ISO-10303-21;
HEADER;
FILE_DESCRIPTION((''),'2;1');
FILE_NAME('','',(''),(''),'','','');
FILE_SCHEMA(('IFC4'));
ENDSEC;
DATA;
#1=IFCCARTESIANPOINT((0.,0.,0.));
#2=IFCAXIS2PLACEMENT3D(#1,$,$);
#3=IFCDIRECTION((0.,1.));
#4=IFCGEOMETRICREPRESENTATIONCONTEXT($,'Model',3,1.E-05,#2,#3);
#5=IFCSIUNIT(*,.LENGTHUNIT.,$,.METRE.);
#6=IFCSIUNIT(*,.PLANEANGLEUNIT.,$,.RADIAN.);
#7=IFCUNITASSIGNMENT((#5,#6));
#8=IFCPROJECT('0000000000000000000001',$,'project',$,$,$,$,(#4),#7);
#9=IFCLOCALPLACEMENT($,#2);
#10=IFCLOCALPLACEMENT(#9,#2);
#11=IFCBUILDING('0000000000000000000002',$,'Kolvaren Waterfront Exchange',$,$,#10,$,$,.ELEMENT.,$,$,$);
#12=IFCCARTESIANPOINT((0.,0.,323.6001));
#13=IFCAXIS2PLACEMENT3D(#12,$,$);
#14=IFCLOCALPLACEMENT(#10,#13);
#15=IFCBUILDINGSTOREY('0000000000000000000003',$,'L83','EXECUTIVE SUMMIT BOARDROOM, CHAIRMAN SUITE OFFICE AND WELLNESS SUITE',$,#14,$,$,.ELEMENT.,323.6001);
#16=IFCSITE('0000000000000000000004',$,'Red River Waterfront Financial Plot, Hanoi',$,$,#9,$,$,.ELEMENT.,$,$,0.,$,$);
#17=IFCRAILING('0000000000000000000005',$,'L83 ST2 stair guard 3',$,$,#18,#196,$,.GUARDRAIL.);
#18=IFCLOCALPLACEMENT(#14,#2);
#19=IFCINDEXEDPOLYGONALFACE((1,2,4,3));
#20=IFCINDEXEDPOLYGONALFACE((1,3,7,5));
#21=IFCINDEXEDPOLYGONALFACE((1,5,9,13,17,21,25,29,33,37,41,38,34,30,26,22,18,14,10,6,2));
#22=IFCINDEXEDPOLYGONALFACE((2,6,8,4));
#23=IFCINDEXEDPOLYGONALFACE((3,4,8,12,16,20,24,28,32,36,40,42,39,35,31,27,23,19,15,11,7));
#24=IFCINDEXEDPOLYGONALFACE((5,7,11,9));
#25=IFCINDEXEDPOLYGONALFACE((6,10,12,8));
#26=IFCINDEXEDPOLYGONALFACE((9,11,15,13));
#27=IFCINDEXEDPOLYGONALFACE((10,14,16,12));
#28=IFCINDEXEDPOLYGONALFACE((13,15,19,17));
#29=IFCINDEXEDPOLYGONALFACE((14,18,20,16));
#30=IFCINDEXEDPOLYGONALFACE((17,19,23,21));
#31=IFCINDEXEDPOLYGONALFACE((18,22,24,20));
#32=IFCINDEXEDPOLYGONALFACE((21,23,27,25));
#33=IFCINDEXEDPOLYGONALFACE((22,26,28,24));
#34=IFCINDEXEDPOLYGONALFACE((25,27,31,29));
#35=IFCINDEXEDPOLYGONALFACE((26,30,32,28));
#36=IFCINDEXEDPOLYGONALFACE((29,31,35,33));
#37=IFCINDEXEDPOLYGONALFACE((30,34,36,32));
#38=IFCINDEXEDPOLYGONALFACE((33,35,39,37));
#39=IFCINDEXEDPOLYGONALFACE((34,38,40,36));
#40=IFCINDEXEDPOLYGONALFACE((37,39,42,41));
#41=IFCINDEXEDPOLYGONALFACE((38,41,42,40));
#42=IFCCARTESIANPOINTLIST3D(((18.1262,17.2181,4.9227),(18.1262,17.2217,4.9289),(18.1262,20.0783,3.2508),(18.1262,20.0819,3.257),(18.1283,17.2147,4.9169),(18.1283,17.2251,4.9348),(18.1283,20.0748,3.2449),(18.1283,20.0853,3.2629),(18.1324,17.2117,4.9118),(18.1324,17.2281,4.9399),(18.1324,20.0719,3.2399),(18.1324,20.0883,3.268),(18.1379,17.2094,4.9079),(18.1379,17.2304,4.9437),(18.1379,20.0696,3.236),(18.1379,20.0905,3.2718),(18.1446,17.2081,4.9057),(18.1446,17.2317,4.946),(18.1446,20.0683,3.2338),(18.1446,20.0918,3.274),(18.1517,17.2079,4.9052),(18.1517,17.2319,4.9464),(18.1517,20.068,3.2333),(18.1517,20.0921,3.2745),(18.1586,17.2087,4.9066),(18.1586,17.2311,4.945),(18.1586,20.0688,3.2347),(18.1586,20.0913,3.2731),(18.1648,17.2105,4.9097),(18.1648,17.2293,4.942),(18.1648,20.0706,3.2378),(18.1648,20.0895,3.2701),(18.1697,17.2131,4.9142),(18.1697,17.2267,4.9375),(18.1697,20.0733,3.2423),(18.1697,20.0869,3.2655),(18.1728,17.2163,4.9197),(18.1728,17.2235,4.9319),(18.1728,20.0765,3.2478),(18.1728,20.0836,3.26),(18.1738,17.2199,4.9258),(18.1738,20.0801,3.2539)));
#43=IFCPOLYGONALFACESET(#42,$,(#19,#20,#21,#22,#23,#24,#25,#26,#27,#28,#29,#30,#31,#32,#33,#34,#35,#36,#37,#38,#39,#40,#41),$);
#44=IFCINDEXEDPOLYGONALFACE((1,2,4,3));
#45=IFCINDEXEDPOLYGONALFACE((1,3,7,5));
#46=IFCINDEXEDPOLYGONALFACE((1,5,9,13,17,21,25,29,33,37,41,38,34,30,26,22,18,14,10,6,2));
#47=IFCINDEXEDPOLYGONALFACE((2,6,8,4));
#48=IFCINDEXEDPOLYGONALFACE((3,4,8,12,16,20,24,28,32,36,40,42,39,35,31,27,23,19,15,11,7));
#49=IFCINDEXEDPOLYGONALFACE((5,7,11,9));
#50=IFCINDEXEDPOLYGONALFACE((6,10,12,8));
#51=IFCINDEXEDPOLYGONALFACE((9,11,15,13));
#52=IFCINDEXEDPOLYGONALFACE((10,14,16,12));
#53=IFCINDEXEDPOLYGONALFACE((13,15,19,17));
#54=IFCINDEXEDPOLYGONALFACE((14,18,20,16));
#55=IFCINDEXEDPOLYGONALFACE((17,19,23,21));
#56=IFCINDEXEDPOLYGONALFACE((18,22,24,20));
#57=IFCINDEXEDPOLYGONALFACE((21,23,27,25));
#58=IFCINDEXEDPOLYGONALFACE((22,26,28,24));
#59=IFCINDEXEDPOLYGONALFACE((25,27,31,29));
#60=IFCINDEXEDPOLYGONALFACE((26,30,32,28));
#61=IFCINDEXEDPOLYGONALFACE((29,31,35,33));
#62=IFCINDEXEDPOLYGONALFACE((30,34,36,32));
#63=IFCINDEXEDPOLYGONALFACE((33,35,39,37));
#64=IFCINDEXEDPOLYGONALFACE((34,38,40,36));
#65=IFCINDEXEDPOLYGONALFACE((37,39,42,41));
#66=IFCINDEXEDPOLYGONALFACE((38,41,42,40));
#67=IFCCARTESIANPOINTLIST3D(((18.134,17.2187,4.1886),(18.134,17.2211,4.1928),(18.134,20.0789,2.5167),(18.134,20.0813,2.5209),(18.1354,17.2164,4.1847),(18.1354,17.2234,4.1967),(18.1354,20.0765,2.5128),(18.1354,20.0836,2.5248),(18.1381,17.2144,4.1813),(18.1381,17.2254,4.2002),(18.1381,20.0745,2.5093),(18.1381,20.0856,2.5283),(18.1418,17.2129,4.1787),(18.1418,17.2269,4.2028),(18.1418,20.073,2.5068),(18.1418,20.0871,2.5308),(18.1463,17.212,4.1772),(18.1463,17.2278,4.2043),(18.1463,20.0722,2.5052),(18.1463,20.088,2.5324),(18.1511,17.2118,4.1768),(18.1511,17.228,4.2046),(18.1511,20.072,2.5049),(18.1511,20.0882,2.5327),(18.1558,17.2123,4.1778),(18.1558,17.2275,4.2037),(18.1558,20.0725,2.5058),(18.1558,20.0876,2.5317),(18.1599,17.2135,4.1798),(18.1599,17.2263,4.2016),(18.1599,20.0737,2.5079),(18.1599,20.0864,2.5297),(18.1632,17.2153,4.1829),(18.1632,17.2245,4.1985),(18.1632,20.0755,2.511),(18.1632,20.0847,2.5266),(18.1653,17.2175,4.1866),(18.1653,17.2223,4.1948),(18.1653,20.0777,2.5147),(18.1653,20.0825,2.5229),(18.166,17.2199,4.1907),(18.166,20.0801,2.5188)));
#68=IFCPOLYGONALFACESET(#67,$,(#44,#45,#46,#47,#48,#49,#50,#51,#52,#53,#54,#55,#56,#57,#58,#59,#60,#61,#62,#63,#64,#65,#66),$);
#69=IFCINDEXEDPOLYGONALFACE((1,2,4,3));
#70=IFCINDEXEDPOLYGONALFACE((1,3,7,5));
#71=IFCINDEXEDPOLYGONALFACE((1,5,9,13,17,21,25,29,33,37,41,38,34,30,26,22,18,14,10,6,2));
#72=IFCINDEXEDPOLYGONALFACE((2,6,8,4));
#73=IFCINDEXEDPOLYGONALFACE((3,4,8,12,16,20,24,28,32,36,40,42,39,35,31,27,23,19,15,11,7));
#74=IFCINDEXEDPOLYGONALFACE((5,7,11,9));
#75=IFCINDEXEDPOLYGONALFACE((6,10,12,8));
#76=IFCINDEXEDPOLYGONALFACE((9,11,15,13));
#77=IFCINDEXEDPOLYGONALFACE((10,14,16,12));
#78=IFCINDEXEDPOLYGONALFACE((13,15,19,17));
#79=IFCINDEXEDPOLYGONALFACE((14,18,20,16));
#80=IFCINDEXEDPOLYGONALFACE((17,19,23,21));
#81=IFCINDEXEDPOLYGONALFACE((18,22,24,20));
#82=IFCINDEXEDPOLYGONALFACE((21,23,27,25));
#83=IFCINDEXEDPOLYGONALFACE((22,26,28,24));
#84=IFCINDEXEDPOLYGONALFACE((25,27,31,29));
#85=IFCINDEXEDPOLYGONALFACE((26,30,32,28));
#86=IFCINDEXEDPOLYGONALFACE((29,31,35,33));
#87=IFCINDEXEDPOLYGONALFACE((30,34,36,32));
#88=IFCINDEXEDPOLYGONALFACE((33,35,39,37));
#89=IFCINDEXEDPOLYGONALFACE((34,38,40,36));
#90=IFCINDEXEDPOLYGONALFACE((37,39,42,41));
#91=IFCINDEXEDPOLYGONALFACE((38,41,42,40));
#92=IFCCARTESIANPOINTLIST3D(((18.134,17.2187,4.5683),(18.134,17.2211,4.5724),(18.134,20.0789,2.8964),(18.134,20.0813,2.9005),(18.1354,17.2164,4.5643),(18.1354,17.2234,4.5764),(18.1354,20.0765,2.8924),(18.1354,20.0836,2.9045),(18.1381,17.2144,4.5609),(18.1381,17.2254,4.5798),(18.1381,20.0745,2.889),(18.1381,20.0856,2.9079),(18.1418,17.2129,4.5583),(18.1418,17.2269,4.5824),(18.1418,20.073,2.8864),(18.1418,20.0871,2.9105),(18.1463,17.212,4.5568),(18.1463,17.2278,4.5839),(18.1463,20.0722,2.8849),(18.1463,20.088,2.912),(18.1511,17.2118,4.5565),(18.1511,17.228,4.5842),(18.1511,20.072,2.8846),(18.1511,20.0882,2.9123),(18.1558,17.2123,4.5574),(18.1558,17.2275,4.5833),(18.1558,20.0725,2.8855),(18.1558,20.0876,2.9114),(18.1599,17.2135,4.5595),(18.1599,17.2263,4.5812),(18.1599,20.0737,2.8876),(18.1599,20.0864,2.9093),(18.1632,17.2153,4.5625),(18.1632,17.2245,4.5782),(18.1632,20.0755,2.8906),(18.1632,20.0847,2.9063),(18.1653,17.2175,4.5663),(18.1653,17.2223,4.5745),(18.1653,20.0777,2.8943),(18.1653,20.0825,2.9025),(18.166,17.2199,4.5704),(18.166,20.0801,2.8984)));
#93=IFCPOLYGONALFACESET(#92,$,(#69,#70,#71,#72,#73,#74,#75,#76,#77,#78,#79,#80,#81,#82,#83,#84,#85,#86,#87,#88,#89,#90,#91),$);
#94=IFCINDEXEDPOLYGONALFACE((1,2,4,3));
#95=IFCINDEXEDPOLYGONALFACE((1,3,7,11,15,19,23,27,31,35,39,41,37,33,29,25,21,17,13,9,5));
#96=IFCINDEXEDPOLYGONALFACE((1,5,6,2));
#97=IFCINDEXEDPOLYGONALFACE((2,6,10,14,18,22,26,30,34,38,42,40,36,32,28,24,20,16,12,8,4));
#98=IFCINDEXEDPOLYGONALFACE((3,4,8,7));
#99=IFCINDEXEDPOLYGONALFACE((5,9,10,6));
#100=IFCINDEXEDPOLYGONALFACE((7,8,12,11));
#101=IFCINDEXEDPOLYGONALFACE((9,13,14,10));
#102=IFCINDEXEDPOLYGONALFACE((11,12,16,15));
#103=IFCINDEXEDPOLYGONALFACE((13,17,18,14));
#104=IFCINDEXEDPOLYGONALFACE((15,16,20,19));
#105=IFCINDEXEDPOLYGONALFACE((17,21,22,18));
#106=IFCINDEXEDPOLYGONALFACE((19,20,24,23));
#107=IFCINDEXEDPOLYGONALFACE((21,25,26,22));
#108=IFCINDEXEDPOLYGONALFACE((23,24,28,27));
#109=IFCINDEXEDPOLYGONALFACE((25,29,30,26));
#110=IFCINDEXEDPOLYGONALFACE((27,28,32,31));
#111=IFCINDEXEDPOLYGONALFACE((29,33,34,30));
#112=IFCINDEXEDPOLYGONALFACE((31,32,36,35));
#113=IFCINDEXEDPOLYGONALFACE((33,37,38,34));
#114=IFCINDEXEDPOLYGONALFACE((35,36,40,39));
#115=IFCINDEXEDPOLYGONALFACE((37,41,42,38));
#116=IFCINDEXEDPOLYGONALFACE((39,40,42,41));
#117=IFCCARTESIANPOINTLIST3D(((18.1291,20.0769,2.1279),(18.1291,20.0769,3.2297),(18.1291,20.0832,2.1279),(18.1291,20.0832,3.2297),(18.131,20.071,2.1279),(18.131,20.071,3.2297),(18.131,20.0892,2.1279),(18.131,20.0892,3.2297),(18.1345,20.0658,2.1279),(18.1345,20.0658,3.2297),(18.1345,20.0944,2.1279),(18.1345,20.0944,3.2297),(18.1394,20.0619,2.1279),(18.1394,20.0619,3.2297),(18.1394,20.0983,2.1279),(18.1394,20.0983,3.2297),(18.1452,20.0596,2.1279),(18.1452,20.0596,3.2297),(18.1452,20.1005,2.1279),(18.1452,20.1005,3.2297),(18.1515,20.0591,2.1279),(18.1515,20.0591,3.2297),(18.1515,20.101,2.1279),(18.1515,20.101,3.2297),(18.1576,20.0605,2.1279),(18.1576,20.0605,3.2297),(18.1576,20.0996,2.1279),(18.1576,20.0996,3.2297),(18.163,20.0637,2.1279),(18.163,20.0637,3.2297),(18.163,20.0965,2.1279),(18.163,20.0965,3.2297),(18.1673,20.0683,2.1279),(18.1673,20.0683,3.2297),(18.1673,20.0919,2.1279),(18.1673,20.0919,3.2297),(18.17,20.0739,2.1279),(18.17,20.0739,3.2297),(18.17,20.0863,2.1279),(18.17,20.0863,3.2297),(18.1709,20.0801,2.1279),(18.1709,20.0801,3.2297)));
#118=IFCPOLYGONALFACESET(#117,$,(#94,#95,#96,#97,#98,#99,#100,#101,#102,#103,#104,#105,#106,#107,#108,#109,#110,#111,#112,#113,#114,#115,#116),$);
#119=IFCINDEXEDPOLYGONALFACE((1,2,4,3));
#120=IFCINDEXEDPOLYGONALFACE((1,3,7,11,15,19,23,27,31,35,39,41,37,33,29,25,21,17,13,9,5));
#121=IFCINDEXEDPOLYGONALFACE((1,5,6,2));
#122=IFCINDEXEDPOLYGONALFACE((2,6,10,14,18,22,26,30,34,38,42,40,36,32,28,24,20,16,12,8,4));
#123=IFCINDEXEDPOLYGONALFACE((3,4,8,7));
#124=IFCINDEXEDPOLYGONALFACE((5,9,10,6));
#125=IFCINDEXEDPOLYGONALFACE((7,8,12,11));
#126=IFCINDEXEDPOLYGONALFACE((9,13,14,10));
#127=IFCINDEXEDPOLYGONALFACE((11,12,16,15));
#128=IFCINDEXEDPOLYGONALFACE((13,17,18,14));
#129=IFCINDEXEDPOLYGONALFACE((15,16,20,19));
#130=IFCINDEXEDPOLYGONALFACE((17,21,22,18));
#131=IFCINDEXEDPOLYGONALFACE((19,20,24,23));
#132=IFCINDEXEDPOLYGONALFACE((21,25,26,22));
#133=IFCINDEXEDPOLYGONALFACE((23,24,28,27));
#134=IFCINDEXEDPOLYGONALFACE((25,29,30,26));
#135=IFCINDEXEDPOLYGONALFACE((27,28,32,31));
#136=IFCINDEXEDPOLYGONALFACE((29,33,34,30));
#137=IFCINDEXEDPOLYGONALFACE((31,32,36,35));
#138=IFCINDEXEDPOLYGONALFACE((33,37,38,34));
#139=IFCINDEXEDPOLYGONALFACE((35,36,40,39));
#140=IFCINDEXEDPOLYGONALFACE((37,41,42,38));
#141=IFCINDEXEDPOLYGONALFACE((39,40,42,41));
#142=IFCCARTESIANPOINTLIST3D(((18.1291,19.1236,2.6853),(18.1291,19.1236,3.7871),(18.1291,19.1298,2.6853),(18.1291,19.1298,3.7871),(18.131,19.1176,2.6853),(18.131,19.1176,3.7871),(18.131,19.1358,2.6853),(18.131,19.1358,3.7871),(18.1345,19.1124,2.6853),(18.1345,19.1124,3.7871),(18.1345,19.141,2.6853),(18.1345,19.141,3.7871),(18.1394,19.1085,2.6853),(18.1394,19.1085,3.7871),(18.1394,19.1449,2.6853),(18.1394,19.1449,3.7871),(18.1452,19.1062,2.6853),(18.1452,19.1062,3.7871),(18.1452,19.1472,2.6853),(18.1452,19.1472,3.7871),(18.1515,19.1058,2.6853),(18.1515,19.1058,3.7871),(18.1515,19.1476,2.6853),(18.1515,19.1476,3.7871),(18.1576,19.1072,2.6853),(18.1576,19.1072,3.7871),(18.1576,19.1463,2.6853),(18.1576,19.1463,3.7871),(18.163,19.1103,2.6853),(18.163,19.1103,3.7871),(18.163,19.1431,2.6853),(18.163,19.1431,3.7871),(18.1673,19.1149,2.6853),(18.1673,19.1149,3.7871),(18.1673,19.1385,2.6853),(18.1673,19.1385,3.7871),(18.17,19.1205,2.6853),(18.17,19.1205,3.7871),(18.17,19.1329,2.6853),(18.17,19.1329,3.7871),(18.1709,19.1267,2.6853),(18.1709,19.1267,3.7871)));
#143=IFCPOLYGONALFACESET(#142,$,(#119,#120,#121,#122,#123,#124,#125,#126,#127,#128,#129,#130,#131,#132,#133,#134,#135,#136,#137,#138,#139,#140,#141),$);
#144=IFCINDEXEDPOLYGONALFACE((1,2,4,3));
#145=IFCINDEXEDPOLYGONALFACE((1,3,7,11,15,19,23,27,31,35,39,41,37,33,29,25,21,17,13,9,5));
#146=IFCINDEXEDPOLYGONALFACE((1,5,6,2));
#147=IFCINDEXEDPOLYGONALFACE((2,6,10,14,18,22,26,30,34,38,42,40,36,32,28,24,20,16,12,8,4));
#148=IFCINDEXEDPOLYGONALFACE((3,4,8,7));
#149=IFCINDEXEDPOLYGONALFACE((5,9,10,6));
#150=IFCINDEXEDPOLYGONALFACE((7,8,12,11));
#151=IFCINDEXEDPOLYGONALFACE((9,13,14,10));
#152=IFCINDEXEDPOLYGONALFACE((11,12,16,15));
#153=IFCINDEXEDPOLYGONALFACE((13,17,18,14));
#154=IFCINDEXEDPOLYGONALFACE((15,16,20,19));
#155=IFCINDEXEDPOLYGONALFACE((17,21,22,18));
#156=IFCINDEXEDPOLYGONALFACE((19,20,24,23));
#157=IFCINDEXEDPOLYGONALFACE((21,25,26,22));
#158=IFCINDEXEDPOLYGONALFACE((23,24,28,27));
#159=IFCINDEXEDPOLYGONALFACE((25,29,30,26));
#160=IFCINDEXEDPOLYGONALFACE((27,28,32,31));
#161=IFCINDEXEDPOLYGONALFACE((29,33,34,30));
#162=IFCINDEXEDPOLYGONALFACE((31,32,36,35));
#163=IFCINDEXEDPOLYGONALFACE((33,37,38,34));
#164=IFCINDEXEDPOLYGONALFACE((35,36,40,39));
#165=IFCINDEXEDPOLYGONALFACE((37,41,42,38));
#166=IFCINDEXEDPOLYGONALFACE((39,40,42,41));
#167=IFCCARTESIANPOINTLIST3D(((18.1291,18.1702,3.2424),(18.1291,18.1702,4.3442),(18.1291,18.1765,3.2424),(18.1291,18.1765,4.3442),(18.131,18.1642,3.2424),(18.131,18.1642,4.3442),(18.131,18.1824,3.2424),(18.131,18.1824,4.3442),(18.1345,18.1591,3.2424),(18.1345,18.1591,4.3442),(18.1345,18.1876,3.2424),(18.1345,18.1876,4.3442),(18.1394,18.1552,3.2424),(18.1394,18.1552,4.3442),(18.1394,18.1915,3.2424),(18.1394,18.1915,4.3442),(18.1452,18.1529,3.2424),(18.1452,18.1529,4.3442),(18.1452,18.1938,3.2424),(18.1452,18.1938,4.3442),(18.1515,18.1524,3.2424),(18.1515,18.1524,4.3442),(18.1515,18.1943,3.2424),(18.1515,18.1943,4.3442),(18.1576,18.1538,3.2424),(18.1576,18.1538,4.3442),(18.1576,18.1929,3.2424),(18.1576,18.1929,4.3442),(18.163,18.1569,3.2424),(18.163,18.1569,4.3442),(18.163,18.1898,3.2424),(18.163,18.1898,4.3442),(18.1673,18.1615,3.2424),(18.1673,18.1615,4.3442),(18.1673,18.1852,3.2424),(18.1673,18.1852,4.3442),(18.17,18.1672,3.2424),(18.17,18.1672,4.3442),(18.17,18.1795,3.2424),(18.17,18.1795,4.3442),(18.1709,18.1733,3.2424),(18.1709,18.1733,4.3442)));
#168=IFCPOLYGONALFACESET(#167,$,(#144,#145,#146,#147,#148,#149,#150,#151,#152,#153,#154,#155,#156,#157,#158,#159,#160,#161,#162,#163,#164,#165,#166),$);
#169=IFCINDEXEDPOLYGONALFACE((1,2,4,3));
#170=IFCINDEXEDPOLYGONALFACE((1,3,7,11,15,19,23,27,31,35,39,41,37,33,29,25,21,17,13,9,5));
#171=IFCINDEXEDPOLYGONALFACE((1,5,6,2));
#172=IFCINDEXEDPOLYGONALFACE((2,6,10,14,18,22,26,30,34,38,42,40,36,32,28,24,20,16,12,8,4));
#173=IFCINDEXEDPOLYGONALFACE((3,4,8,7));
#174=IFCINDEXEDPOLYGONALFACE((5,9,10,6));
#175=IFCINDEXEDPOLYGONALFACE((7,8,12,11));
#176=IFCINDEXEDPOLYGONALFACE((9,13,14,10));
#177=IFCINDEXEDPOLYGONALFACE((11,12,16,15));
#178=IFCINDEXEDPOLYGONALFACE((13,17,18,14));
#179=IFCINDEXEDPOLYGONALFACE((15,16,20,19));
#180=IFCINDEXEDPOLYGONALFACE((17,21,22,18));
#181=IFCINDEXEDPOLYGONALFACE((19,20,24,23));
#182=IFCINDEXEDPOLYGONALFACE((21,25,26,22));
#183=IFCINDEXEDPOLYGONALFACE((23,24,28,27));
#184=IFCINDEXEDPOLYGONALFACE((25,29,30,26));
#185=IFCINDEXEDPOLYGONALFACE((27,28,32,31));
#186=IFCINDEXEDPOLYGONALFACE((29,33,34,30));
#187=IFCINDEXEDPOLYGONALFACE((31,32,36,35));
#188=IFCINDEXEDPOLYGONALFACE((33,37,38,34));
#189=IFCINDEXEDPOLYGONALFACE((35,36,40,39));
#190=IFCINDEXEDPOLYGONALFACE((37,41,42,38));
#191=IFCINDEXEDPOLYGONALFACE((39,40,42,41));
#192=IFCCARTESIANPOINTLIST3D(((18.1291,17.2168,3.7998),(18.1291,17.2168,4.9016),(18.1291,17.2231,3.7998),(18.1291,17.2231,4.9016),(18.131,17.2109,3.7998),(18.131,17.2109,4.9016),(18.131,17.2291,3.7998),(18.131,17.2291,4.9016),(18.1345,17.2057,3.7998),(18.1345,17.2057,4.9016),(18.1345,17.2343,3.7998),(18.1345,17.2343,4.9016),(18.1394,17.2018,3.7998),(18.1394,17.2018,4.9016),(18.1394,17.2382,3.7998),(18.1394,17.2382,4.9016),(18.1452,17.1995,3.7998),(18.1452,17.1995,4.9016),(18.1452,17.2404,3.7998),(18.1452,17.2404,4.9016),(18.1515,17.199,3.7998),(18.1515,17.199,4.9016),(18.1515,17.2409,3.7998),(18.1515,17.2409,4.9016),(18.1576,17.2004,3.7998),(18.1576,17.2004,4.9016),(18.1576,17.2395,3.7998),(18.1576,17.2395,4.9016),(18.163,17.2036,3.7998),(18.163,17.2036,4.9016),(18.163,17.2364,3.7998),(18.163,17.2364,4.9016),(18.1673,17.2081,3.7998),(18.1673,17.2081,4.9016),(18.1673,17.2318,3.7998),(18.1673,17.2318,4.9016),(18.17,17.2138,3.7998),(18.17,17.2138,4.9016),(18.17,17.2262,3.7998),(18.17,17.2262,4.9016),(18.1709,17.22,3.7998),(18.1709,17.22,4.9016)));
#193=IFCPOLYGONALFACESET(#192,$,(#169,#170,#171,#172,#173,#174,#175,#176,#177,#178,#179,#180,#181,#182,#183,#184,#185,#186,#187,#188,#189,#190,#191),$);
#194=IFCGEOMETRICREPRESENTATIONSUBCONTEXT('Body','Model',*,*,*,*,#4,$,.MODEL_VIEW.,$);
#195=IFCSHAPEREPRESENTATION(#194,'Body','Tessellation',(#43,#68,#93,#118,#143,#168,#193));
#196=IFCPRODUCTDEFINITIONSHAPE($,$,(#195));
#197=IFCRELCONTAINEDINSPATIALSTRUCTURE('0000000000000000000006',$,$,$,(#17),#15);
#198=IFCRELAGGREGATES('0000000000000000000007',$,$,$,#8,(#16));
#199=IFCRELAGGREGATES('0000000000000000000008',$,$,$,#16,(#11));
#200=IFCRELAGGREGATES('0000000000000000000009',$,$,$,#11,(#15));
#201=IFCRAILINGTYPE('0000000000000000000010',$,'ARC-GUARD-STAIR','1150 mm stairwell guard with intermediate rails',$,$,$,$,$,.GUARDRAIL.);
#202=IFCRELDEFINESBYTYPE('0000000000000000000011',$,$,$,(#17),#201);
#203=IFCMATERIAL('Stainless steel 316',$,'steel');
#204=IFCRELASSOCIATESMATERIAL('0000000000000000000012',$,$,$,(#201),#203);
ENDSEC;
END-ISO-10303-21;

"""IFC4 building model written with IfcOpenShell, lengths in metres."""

from ifc_helpers import new_model, si_unit, direction, frame, origin, origin_2d, place, context, subcontext, project, spatial, circle, extrude, material, type_object, element, save


model = new_model("IFC4")

# Units and contexts
model_context = context("Model", 3, precision=1e-05, world=origin(), true_north=direction((0.0, 1.0)))
body_context = subcontext(model_context, "Body", "Model", "MODEL_VIEW")
ifc_project = project(units=[si_unit("LENGTHUNIT", "METRE"), si_unit("PLANEANGLEUNIT", "RADIAN")], contexts=[model_context])

# Site, building, storey
site_placement = place(None, origin())
site = spatial("IfcSite", under=ifc_project, at=site_placement, Name="Red River Waterfront Financial Plot, Hanoi", CompositionType="ELEMENT", RefElevation=0.0)
building_placement = place(site_placement, origin())
building = spatial("IfcBuilding", under=site, at=building_placement, Name="Kolvaren Waterfront Exchange", CompositionType="ELEMENT")
storey_placement = place(building_placement, frame((0.0, 0.0, 323.6001)))
storey = spatial("IfcBuildingStorey", under=building, at=storey_placement, Name="L83", Description="EXECUTIVE SUMMIT BOARDROOM, CHAIRMAN SUITE OFFICE AND WELLNESS SUITE", CompositionType="ELEMENT", Elevation=323.6001)

# Railing
ifc_material_1 = material(Name="Stainless steel 316", Category="steel")
railing_type_1 = type_object("IfcRailingType", Name="ARC-GUARD-STAIR", Description="1150 mm stairwell guard with intermediate rails", PredefinedType="GUARDRAIL", material=ifc_material_1)
railing_1_placement = place(storey_placement, frame((18.1499, 20.0801, 2.1279)))
element("IfcRailing", 1, at=railing_1_placement, inside=storey, type_object=railing_type_1, Name="L83 ST2 stair guard 3", PredefinedType="GUARDRAIL", context=body_context, shape_type="SweptSolid", body=[
    extrude(circle(Radius=0.0239, at=origin_2d()), frame((0.0, 0.0, 1.126), z_axis=(0.0, -0.863321, 0.504654), x_axis=(1.0, 0.0, 0.0)), (0.0, 0.0, 1.0), 3.313),
    extrude(circle(Radius=0.0161, at=origin_2d()), frame((0.0, 0.0, 0.3909), z_axis=(0.0, -0.863321, 0.504654), x_axis=(1.0, 0.0, 0.0)), (0.0, 0.0, 1.0), 3.313),
    extrude(circle(Radius=0.0161, at=origin_2d()), frame((0.0, 0.0, 0.7705), z_axis=(0.0, -0.863321, 0.504654), x_axis=(1.0, 0.0, 0.0)), (0.0, 0.0, 1.0), 3.313),
    extrude(circle(Radius=0.021, at=origin_2d()), origin(), (0.0, 0.0, 1.0), 1.1018),
    extrude(circle(Radius=0.021, at=origin_2d()), frame((0.0, -0.9534, 0.5574)), (0.0, 0.0, 1.0), 1.1018),
    extrude(circle(Radius=0.021, at=origin_2d()), frame((0.0, -1.9067, 1.1145)), (0.0, 0.0, 1.0), 1.1018),
    extrude(circle(Radius=0.021, at=origin_2d()), frame((0.0, -2.8601, 1.6719)), (0.0, 0.0, 1.0), 1.1018),
])

save(model, "model.ifc")
